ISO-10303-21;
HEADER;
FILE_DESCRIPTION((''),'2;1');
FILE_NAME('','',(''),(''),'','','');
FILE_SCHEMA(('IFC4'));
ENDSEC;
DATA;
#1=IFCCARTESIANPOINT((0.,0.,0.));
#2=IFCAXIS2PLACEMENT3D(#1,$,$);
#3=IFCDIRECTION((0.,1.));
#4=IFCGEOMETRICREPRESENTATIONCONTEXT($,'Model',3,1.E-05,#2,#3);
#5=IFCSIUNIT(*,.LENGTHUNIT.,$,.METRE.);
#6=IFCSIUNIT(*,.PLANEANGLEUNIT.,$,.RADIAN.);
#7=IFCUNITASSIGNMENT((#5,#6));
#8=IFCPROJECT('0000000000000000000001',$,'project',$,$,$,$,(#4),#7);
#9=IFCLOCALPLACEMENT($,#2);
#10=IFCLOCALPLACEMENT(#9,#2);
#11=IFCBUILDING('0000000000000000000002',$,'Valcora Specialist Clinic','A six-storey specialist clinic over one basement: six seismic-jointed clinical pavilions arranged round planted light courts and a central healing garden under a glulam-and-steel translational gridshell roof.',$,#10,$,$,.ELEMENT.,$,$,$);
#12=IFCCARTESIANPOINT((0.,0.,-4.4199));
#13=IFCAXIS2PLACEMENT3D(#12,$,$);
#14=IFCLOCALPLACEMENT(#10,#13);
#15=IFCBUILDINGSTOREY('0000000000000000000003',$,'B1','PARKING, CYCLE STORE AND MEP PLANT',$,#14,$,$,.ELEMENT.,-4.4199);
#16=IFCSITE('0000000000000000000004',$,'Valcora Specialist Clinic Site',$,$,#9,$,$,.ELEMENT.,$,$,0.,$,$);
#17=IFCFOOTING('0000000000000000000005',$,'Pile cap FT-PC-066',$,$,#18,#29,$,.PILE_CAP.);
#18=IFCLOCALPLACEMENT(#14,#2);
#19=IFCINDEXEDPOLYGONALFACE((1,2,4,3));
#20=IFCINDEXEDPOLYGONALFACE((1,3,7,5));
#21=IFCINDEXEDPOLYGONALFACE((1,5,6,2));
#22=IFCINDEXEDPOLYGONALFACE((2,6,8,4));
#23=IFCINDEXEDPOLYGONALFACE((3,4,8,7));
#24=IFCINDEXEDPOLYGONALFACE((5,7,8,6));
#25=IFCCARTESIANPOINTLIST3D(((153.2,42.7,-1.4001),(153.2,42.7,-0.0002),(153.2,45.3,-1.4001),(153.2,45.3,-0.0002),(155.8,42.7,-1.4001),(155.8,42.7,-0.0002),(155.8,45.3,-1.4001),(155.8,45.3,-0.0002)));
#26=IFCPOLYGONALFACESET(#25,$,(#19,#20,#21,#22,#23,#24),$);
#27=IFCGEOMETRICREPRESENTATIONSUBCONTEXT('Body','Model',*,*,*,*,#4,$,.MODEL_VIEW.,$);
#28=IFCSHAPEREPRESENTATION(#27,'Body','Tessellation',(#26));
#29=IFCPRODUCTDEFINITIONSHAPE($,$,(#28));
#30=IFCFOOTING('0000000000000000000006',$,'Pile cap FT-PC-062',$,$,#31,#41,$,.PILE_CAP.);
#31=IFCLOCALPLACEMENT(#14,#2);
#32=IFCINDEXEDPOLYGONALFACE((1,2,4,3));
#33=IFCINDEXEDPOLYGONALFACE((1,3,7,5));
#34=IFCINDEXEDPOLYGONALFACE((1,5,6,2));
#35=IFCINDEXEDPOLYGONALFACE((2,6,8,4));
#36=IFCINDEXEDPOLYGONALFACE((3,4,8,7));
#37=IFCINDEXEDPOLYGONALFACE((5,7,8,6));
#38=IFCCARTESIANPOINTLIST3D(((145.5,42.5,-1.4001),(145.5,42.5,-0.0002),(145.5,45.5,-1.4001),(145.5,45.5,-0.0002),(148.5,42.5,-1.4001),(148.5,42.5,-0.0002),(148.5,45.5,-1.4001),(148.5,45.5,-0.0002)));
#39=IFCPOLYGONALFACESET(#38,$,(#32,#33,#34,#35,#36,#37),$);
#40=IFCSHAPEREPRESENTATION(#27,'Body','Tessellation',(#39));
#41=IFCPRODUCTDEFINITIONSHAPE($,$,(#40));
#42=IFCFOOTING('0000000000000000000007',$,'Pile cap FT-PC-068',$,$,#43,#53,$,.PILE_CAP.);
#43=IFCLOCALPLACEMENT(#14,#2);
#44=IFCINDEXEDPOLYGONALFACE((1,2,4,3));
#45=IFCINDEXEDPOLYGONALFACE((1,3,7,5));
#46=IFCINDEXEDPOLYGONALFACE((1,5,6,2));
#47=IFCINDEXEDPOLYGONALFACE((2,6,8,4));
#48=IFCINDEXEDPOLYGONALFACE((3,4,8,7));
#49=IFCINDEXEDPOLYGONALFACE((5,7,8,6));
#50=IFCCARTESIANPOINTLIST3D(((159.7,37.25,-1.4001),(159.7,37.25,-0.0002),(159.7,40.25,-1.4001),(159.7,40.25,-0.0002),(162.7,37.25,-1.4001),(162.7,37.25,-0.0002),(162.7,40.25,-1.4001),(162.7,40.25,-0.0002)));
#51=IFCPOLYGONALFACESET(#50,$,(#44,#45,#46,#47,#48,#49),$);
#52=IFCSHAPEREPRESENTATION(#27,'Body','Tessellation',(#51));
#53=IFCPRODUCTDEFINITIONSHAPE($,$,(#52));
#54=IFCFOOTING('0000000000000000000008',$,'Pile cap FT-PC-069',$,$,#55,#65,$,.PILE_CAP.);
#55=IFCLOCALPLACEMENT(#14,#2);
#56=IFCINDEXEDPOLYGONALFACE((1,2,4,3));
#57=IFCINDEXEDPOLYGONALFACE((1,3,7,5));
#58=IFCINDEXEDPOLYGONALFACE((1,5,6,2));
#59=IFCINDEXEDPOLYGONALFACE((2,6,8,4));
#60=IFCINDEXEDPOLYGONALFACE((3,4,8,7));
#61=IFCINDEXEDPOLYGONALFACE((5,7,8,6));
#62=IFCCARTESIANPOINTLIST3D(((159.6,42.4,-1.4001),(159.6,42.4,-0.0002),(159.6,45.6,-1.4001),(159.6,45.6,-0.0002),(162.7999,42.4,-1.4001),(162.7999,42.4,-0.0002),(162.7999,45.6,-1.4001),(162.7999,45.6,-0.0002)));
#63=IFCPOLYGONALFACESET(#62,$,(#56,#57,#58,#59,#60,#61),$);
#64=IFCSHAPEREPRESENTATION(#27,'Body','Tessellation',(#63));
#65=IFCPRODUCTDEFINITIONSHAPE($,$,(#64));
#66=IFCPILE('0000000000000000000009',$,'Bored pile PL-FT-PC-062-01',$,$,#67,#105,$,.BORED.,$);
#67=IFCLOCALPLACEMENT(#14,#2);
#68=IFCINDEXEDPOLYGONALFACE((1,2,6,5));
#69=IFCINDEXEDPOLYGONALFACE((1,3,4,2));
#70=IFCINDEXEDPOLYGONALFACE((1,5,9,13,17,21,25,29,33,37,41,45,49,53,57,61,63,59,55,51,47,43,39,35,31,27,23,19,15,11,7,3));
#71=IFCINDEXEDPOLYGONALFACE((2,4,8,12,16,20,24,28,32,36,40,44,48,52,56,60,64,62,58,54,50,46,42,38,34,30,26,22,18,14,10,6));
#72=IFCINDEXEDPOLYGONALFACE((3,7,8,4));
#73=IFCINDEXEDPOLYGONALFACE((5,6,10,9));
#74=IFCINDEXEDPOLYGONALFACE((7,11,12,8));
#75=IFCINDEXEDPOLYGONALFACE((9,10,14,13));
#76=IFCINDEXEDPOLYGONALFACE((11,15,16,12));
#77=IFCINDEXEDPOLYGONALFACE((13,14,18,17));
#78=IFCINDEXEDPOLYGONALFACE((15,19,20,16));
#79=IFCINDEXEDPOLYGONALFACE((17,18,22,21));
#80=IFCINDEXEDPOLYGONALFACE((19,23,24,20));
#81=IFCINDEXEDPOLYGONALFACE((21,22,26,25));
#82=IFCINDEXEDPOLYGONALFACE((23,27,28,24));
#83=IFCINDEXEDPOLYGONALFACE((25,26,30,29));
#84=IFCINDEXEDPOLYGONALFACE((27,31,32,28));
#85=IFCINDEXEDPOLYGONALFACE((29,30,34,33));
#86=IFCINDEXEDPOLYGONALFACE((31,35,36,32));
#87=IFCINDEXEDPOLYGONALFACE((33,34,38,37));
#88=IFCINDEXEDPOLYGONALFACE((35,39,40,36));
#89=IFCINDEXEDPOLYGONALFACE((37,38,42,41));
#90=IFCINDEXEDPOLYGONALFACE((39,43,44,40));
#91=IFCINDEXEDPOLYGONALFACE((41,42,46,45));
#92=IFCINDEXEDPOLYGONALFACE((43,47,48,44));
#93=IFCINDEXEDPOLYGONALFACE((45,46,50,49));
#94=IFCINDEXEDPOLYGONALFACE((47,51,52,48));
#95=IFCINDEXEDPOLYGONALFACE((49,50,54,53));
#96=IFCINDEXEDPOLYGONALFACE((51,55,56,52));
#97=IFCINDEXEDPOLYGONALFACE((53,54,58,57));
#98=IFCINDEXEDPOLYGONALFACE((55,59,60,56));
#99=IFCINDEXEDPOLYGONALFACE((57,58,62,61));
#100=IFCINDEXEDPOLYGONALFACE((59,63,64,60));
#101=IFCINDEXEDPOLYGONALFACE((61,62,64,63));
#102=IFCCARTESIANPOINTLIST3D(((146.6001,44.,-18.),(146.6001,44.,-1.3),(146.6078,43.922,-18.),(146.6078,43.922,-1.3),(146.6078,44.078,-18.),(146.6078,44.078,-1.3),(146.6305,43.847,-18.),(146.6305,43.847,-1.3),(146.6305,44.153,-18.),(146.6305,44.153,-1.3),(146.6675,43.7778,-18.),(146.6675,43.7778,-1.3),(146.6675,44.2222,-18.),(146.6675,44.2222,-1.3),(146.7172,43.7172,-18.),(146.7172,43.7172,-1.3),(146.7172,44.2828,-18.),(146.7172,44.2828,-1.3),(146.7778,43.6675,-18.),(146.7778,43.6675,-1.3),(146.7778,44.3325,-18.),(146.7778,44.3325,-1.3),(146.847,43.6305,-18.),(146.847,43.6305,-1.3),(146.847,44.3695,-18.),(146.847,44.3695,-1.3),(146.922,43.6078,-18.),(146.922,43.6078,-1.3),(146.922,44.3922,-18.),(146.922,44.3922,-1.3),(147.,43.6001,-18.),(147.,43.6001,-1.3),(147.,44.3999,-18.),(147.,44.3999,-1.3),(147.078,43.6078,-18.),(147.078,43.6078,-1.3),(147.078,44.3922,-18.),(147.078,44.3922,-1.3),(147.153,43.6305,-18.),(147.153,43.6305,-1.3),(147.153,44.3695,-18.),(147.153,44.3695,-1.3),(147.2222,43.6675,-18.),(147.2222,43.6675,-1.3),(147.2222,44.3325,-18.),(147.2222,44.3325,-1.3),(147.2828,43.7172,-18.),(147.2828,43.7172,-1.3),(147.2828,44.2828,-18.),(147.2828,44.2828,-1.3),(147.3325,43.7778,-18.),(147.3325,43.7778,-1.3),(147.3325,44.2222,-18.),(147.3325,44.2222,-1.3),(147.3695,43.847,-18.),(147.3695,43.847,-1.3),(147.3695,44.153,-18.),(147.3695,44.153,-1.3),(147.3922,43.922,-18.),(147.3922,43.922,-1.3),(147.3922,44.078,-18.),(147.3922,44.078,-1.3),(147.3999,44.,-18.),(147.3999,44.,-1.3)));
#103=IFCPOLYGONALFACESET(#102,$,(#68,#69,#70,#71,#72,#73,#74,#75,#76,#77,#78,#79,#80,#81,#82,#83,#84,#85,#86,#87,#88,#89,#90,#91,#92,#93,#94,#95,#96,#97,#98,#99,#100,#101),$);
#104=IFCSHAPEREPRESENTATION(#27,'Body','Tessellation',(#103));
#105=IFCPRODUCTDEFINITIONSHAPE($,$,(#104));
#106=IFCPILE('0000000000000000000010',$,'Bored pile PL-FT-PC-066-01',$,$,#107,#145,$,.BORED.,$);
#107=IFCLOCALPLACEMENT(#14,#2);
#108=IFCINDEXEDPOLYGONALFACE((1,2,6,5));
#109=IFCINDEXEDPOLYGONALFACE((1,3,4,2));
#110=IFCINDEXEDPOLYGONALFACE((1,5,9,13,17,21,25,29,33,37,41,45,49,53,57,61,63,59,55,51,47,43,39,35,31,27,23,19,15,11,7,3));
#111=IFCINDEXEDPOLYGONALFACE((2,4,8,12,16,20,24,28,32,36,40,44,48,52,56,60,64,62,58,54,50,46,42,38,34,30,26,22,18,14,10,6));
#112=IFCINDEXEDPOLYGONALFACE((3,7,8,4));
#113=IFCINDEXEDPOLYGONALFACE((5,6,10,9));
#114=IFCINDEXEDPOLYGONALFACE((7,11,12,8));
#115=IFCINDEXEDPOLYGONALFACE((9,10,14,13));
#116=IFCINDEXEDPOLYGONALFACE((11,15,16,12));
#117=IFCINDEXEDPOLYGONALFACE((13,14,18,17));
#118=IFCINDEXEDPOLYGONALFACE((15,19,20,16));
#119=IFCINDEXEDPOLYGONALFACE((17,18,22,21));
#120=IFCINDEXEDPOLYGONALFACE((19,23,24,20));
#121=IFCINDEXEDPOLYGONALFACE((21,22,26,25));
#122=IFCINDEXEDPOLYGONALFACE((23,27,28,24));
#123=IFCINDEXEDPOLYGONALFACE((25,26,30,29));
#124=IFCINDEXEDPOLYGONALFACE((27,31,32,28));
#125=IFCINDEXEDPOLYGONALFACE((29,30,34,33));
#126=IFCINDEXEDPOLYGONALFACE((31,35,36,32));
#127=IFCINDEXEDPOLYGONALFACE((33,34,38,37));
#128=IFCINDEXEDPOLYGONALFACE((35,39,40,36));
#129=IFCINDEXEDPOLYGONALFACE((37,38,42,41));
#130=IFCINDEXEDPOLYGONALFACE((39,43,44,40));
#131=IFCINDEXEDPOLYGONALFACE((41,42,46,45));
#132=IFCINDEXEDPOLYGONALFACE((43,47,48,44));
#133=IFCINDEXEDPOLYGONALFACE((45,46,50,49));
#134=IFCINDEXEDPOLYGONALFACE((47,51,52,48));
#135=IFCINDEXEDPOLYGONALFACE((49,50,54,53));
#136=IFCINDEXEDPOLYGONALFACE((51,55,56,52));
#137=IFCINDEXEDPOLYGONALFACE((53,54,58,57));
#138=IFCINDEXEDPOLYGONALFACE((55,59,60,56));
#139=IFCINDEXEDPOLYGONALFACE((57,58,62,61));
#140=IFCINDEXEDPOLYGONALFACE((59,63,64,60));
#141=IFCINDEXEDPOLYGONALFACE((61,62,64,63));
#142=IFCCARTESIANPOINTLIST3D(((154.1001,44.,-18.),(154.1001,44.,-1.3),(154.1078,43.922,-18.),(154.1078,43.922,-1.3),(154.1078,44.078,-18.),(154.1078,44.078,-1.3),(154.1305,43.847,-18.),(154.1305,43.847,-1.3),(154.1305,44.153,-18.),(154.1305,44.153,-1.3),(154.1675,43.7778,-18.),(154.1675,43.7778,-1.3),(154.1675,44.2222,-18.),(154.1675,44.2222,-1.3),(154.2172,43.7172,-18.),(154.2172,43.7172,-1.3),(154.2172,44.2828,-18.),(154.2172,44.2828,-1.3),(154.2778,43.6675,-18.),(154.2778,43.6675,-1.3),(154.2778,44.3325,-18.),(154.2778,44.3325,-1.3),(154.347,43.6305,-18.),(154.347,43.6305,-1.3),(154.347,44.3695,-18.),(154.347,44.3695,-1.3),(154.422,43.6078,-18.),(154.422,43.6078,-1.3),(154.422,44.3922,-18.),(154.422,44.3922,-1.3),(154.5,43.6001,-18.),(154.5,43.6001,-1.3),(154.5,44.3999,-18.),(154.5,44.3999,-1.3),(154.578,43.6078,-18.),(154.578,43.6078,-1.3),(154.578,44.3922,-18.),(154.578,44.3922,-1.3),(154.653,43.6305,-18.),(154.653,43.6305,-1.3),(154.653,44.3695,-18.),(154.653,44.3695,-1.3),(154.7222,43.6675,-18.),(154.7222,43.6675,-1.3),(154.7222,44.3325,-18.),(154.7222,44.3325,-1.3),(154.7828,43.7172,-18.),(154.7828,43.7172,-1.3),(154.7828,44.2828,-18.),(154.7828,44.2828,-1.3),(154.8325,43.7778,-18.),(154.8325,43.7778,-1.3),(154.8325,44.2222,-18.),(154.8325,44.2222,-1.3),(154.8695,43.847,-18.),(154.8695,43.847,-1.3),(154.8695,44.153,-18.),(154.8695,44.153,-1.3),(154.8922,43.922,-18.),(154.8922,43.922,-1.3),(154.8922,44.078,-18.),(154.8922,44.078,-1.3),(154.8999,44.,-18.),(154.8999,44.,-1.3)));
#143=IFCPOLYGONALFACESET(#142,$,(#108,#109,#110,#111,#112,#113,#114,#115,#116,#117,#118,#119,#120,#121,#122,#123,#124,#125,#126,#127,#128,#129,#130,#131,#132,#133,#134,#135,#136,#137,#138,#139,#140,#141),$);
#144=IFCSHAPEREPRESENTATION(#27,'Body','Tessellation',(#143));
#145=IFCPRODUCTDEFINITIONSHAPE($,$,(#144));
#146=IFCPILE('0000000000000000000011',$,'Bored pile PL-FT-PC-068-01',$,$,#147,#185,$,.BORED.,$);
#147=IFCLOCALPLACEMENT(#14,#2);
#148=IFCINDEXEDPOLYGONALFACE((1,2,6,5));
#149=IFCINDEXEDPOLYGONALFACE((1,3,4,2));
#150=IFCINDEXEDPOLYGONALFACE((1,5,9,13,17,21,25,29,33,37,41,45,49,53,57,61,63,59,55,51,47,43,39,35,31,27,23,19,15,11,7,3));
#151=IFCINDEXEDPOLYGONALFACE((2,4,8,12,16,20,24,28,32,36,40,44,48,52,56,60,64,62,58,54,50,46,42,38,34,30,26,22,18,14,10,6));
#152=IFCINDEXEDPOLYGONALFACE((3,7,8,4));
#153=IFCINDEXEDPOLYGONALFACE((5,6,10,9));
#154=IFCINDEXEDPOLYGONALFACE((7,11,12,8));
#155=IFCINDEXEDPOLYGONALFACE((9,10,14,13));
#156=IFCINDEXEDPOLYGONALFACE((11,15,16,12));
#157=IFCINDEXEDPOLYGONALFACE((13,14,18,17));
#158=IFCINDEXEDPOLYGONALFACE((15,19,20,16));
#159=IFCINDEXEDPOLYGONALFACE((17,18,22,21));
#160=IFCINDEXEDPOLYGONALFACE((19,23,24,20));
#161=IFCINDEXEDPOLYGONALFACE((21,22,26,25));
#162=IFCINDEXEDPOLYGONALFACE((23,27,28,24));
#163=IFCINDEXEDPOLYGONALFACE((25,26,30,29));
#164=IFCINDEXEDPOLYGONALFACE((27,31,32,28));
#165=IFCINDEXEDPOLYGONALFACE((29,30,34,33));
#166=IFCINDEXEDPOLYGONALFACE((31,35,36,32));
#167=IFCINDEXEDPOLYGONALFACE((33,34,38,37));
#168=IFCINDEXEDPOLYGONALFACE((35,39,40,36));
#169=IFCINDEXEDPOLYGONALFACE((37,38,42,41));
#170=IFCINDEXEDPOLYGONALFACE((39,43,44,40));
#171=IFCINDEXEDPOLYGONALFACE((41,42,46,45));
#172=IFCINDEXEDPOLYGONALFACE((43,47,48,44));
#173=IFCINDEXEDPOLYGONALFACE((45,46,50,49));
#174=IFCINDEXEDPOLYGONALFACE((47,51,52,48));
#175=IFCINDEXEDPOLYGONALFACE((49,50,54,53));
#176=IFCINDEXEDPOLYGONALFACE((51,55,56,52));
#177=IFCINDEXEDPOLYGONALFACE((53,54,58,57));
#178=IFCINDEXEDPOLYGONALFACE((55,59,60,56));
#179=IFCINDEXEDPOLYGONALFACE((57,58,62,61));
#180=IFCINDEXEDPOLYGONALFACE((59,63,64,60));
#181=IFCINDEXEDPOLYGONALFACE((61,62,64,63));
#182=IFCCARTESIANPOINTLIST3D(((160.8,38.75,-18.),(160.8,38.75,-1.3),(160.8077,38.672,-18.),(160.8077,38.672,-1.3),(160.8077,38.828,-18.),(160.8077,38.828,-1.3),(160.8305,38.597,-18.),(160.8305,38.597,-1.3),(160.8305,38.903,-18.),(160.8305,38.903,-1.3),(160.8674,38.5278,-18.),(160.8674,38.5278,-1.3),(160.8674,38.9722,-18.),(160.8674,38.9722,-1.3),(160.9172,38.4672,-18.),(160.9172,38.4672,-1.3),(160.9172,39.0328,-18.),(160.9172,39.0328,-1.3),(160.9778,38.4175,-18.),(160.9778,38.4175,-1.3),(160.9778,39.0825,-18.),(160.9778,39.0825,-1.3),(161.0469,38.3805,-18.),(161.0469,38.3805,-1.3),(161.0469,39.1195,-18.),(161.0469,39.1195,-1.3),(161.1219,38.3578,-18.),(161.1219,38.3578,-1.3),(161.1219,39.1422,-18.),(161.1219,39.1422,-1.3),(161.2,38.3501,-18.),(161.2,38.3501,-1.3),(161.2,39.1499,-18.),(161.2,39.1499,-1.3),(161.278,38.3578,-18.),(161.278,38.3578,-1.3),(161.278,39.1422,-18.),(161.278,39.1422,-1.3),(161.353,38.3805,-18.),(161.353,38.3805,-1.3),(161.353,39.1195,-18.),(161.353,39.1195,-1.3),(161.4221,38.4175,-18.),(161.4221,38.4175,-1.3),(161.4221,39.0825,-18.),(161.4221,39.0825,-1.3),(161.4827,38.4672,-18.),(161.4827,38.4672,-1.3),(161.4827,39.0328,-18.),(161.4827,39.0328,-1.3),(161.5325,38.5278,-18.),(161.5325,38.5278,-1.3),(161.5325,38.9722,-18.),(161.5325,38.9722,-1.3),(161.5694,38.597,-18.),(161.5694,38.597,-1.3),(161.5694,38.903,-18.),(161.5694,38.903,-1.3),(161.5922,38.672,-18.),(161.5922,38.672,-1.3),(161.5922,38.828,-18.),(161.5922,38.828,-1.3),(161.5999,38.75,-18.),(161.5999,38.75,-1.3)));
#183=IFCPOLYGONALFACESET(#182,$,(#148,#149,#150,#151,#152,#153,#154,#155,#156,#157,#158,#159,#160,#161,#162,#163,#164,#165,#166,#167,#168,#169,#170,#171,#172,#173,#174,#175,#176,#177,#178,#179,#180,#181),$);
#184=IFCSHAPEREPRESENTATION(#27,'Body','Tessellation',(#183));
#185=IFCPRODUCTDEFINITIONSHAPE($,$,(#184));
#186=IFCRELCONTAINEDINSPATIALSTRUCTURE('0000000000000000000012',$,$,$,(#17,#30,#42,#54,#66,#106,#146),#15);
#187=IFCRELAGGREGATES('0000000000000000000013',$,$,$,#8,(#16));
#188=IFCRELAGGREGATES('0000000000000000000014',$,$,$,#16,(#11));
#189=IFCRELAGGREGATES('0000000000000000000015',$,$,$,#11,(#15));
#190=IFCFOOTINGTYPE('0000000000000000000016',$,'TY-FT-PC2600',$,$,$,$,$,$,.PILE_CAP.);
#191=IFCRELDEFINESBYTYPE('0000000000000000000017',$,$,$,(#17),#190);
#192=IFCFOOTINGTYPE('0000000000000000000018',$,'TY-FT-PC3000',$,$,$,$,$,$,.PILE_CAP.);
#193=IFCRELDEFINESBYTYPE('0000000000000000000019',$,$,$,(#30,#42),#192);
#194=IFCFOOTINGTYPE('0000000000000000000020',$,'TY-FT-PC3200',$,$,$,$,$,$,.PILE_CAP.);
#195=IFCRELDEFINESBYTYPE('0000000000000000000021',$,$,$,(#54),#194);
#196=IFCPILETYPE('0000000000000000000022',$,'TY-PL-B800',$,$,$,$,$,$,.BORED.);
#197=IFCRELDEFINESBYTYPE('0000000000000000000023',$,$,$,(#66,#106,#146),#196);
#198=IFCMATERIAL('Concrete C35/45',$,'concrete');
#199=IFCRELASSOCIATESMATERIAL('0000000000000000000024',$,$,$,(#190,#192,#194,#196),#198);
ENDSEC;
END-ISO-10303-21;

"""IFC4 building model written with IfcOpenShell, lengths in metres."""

from ifc_helpers import new_model, si_unit, direction, frame, origin, origin_2d, place, context, subcontext, project, spatial, rectangle, circle, extrude, material, material_profile, profile_set, type_object, element, save


model = new_model("IFC4")

# Units and contexts
model_context = context("Model", 3, precision=1e-05, world=origin(), true_north=direction((0.0, 1.0)))
body_context = subcontext(model_context, "Body", "Model", "MODEL_VIEW")
ifc_project = project(units=[si_unit("LENGTHUNIT", "METRE"), si_unit("PLANEANGLEUNIT", "RADIAN")], contexts=[model_context])

# Site, building, storey
site_placement = place(None, origin())
site = spatial("IfcSite", under=ifc_project, at=site_placement, Name="Valcora Specialist Clinic Site", CompositionType="ELEMENT", RefElevation=0.0)
building_placement = place(site_placement, origin())
building = spatial("IfcBuilding", under=site, at=building_placement, Name="Valcora Specialist Clinic", Description="A six-storey specialist clinic over one basement: six seismic-jointed clinical pavilions arranged round planted light courts and a central healing garden under a glulam-and-steel translational gridshell roof.", CompositionType="ELEMENT")
storey_placement = place(building_placement, frame((0.0, 0.0, -4.4199)))
storey = spatial("IfcBuildingStorey", under=building, at=storey_placement, Name="B1", Description="PARKING, CYCLE STORE AND MEP PLANT", CompositionType="ELEMENT", Elevation=-4.4199)

# Footings
ifc_material_1 = material(Name="Concrete C35/45", Category="concrete")
footing_type_1 = type_object("IfcFootingType", Name="TY-FT-PC2600", PredefinedType="PILE_CAP", material=ifc_material_1)
footing_1_placement = place(storey_placement, frame((154.5, 44.0, -1.4001), z_axis=(0.0, 0.0, 1.0), x_axis=(1.0, 0.0, 0.0)))
element("IfcFooting", 1, at=footing_1_placement, inside=storey, type_object=footing_type_1, Name="Pile cap FT-PC-066", PredefinedType="PILE_CAP", context=body_context, shape_type="SweptSolid", body=[
    extrude(rectangle(XDim=2.6001, YDim=2.6001, at=origin_2d()), origin(), (0.0, 0.0, 1.0), 1.3999),
])
footing_type_2 = type_object("IfcFootingType", Name="TY-FT-PC3000", PredefinedType="PILE_CAP", material=ifc_material_1)
for number, where, z_axis, x_axis, name in (
    (2, (147.0, 44.0, -1.4001), (0.0, 0.0, 1.0), (1.0, 0.0, 0.0), "Pile cap FT-PC-062"),
    (3, (161.2, 38.75, -1.4001), (0.0, 0.0, 1.0), (1.0, 0.0, 0.0), "Pile cap FT-PC-068"),
):
    element("IfcFooting", number, at=place(storey_placement, frame(where, z_axis=z_axis, x_axis=x_axis)), inside=storey, type_object=footing_type_2, Name=name, PredefinedType="PILE_CAP", context=body_context, shape_type="SweptSolid", body=[
        extrude(rectangle(XDim=3.0, YDim=3.0, at=origin_2d()), origin(), (0.0, 0.0, 1.0), 1.3999),
    ])
footing_type_3 = type_object("IfcFootingType", Name="TY-FT-PC3200", PredefinedType="PILE_CAP", material=ifc_material_1)
footing_2_placement = place(storey_placement, frame((161.2, 44.0, -1.4001), z_axis=(0.0, 0.0, 1.0), x_axis=(1.0, 0.0, 0.0)))
element("IfcFooting", 4, at=footing_2_placement, inside=storey, type_object=footing_type_3, Name="Pile cap FT-PC-069", PredefinedType="PILE_CAP", context=body_context, shape_type="SweptSolid", body=[
    extrude(rectangle(XDim=3.2, YDim=3.2, at=origin_2d()), origin(), (0.0, 0.0, 1.0), 1.3999),
])

# Piles
ifc_material_profile_1 = material_profile(ifc_material_1, circle(Radius=0.3999, at=origin_2d()), Name="RC-PIL-D800")
ifc_profile_set_1 = profile_set([ifc_material_profile_1], Name="Concrete C35/45")
pile_type_1 = type_object("IfcPileType", Name="TY-PL-B800", PredefinedType="BORED", material=ifc_profile_set_1)
for number, where, z_axis, x_axis, name in (
    (5, (147.0, 44.0, -1.3), (0.0, 0.0, -1.0), (1.0, 0.0, 0.0), "Bored pile PL-FT-PC-062-01"),
    (6, (154.5, 44.0, -1.3), (0.0, 0.0, -1.0), (1.0, 0.0, 0.0), "Bored pile PL-FT-PC-066-01"),
    (7, (161.2, 38.75, -1.3), (0.0, 0.0, -1.0), (1.0, 0.0, 0.0), "Bored pile PL-FT-PC-068-01"),
):
    element("IfcPile", number, at=place(storey_placement, frame(where, z_axis=z_axis, x_axis=x_axis)), inside=storey, type_object=pile_type_1, Name=name, PredefinedType="BORED", context=body_context, shape_type="SweptSolid", body=[
        extrude(circle(Radius=0.3999, at=origin_2d()), origin(), (0.0, 0.0, 1.0), 16.7),
    ])

save(model, "model.ifc")
